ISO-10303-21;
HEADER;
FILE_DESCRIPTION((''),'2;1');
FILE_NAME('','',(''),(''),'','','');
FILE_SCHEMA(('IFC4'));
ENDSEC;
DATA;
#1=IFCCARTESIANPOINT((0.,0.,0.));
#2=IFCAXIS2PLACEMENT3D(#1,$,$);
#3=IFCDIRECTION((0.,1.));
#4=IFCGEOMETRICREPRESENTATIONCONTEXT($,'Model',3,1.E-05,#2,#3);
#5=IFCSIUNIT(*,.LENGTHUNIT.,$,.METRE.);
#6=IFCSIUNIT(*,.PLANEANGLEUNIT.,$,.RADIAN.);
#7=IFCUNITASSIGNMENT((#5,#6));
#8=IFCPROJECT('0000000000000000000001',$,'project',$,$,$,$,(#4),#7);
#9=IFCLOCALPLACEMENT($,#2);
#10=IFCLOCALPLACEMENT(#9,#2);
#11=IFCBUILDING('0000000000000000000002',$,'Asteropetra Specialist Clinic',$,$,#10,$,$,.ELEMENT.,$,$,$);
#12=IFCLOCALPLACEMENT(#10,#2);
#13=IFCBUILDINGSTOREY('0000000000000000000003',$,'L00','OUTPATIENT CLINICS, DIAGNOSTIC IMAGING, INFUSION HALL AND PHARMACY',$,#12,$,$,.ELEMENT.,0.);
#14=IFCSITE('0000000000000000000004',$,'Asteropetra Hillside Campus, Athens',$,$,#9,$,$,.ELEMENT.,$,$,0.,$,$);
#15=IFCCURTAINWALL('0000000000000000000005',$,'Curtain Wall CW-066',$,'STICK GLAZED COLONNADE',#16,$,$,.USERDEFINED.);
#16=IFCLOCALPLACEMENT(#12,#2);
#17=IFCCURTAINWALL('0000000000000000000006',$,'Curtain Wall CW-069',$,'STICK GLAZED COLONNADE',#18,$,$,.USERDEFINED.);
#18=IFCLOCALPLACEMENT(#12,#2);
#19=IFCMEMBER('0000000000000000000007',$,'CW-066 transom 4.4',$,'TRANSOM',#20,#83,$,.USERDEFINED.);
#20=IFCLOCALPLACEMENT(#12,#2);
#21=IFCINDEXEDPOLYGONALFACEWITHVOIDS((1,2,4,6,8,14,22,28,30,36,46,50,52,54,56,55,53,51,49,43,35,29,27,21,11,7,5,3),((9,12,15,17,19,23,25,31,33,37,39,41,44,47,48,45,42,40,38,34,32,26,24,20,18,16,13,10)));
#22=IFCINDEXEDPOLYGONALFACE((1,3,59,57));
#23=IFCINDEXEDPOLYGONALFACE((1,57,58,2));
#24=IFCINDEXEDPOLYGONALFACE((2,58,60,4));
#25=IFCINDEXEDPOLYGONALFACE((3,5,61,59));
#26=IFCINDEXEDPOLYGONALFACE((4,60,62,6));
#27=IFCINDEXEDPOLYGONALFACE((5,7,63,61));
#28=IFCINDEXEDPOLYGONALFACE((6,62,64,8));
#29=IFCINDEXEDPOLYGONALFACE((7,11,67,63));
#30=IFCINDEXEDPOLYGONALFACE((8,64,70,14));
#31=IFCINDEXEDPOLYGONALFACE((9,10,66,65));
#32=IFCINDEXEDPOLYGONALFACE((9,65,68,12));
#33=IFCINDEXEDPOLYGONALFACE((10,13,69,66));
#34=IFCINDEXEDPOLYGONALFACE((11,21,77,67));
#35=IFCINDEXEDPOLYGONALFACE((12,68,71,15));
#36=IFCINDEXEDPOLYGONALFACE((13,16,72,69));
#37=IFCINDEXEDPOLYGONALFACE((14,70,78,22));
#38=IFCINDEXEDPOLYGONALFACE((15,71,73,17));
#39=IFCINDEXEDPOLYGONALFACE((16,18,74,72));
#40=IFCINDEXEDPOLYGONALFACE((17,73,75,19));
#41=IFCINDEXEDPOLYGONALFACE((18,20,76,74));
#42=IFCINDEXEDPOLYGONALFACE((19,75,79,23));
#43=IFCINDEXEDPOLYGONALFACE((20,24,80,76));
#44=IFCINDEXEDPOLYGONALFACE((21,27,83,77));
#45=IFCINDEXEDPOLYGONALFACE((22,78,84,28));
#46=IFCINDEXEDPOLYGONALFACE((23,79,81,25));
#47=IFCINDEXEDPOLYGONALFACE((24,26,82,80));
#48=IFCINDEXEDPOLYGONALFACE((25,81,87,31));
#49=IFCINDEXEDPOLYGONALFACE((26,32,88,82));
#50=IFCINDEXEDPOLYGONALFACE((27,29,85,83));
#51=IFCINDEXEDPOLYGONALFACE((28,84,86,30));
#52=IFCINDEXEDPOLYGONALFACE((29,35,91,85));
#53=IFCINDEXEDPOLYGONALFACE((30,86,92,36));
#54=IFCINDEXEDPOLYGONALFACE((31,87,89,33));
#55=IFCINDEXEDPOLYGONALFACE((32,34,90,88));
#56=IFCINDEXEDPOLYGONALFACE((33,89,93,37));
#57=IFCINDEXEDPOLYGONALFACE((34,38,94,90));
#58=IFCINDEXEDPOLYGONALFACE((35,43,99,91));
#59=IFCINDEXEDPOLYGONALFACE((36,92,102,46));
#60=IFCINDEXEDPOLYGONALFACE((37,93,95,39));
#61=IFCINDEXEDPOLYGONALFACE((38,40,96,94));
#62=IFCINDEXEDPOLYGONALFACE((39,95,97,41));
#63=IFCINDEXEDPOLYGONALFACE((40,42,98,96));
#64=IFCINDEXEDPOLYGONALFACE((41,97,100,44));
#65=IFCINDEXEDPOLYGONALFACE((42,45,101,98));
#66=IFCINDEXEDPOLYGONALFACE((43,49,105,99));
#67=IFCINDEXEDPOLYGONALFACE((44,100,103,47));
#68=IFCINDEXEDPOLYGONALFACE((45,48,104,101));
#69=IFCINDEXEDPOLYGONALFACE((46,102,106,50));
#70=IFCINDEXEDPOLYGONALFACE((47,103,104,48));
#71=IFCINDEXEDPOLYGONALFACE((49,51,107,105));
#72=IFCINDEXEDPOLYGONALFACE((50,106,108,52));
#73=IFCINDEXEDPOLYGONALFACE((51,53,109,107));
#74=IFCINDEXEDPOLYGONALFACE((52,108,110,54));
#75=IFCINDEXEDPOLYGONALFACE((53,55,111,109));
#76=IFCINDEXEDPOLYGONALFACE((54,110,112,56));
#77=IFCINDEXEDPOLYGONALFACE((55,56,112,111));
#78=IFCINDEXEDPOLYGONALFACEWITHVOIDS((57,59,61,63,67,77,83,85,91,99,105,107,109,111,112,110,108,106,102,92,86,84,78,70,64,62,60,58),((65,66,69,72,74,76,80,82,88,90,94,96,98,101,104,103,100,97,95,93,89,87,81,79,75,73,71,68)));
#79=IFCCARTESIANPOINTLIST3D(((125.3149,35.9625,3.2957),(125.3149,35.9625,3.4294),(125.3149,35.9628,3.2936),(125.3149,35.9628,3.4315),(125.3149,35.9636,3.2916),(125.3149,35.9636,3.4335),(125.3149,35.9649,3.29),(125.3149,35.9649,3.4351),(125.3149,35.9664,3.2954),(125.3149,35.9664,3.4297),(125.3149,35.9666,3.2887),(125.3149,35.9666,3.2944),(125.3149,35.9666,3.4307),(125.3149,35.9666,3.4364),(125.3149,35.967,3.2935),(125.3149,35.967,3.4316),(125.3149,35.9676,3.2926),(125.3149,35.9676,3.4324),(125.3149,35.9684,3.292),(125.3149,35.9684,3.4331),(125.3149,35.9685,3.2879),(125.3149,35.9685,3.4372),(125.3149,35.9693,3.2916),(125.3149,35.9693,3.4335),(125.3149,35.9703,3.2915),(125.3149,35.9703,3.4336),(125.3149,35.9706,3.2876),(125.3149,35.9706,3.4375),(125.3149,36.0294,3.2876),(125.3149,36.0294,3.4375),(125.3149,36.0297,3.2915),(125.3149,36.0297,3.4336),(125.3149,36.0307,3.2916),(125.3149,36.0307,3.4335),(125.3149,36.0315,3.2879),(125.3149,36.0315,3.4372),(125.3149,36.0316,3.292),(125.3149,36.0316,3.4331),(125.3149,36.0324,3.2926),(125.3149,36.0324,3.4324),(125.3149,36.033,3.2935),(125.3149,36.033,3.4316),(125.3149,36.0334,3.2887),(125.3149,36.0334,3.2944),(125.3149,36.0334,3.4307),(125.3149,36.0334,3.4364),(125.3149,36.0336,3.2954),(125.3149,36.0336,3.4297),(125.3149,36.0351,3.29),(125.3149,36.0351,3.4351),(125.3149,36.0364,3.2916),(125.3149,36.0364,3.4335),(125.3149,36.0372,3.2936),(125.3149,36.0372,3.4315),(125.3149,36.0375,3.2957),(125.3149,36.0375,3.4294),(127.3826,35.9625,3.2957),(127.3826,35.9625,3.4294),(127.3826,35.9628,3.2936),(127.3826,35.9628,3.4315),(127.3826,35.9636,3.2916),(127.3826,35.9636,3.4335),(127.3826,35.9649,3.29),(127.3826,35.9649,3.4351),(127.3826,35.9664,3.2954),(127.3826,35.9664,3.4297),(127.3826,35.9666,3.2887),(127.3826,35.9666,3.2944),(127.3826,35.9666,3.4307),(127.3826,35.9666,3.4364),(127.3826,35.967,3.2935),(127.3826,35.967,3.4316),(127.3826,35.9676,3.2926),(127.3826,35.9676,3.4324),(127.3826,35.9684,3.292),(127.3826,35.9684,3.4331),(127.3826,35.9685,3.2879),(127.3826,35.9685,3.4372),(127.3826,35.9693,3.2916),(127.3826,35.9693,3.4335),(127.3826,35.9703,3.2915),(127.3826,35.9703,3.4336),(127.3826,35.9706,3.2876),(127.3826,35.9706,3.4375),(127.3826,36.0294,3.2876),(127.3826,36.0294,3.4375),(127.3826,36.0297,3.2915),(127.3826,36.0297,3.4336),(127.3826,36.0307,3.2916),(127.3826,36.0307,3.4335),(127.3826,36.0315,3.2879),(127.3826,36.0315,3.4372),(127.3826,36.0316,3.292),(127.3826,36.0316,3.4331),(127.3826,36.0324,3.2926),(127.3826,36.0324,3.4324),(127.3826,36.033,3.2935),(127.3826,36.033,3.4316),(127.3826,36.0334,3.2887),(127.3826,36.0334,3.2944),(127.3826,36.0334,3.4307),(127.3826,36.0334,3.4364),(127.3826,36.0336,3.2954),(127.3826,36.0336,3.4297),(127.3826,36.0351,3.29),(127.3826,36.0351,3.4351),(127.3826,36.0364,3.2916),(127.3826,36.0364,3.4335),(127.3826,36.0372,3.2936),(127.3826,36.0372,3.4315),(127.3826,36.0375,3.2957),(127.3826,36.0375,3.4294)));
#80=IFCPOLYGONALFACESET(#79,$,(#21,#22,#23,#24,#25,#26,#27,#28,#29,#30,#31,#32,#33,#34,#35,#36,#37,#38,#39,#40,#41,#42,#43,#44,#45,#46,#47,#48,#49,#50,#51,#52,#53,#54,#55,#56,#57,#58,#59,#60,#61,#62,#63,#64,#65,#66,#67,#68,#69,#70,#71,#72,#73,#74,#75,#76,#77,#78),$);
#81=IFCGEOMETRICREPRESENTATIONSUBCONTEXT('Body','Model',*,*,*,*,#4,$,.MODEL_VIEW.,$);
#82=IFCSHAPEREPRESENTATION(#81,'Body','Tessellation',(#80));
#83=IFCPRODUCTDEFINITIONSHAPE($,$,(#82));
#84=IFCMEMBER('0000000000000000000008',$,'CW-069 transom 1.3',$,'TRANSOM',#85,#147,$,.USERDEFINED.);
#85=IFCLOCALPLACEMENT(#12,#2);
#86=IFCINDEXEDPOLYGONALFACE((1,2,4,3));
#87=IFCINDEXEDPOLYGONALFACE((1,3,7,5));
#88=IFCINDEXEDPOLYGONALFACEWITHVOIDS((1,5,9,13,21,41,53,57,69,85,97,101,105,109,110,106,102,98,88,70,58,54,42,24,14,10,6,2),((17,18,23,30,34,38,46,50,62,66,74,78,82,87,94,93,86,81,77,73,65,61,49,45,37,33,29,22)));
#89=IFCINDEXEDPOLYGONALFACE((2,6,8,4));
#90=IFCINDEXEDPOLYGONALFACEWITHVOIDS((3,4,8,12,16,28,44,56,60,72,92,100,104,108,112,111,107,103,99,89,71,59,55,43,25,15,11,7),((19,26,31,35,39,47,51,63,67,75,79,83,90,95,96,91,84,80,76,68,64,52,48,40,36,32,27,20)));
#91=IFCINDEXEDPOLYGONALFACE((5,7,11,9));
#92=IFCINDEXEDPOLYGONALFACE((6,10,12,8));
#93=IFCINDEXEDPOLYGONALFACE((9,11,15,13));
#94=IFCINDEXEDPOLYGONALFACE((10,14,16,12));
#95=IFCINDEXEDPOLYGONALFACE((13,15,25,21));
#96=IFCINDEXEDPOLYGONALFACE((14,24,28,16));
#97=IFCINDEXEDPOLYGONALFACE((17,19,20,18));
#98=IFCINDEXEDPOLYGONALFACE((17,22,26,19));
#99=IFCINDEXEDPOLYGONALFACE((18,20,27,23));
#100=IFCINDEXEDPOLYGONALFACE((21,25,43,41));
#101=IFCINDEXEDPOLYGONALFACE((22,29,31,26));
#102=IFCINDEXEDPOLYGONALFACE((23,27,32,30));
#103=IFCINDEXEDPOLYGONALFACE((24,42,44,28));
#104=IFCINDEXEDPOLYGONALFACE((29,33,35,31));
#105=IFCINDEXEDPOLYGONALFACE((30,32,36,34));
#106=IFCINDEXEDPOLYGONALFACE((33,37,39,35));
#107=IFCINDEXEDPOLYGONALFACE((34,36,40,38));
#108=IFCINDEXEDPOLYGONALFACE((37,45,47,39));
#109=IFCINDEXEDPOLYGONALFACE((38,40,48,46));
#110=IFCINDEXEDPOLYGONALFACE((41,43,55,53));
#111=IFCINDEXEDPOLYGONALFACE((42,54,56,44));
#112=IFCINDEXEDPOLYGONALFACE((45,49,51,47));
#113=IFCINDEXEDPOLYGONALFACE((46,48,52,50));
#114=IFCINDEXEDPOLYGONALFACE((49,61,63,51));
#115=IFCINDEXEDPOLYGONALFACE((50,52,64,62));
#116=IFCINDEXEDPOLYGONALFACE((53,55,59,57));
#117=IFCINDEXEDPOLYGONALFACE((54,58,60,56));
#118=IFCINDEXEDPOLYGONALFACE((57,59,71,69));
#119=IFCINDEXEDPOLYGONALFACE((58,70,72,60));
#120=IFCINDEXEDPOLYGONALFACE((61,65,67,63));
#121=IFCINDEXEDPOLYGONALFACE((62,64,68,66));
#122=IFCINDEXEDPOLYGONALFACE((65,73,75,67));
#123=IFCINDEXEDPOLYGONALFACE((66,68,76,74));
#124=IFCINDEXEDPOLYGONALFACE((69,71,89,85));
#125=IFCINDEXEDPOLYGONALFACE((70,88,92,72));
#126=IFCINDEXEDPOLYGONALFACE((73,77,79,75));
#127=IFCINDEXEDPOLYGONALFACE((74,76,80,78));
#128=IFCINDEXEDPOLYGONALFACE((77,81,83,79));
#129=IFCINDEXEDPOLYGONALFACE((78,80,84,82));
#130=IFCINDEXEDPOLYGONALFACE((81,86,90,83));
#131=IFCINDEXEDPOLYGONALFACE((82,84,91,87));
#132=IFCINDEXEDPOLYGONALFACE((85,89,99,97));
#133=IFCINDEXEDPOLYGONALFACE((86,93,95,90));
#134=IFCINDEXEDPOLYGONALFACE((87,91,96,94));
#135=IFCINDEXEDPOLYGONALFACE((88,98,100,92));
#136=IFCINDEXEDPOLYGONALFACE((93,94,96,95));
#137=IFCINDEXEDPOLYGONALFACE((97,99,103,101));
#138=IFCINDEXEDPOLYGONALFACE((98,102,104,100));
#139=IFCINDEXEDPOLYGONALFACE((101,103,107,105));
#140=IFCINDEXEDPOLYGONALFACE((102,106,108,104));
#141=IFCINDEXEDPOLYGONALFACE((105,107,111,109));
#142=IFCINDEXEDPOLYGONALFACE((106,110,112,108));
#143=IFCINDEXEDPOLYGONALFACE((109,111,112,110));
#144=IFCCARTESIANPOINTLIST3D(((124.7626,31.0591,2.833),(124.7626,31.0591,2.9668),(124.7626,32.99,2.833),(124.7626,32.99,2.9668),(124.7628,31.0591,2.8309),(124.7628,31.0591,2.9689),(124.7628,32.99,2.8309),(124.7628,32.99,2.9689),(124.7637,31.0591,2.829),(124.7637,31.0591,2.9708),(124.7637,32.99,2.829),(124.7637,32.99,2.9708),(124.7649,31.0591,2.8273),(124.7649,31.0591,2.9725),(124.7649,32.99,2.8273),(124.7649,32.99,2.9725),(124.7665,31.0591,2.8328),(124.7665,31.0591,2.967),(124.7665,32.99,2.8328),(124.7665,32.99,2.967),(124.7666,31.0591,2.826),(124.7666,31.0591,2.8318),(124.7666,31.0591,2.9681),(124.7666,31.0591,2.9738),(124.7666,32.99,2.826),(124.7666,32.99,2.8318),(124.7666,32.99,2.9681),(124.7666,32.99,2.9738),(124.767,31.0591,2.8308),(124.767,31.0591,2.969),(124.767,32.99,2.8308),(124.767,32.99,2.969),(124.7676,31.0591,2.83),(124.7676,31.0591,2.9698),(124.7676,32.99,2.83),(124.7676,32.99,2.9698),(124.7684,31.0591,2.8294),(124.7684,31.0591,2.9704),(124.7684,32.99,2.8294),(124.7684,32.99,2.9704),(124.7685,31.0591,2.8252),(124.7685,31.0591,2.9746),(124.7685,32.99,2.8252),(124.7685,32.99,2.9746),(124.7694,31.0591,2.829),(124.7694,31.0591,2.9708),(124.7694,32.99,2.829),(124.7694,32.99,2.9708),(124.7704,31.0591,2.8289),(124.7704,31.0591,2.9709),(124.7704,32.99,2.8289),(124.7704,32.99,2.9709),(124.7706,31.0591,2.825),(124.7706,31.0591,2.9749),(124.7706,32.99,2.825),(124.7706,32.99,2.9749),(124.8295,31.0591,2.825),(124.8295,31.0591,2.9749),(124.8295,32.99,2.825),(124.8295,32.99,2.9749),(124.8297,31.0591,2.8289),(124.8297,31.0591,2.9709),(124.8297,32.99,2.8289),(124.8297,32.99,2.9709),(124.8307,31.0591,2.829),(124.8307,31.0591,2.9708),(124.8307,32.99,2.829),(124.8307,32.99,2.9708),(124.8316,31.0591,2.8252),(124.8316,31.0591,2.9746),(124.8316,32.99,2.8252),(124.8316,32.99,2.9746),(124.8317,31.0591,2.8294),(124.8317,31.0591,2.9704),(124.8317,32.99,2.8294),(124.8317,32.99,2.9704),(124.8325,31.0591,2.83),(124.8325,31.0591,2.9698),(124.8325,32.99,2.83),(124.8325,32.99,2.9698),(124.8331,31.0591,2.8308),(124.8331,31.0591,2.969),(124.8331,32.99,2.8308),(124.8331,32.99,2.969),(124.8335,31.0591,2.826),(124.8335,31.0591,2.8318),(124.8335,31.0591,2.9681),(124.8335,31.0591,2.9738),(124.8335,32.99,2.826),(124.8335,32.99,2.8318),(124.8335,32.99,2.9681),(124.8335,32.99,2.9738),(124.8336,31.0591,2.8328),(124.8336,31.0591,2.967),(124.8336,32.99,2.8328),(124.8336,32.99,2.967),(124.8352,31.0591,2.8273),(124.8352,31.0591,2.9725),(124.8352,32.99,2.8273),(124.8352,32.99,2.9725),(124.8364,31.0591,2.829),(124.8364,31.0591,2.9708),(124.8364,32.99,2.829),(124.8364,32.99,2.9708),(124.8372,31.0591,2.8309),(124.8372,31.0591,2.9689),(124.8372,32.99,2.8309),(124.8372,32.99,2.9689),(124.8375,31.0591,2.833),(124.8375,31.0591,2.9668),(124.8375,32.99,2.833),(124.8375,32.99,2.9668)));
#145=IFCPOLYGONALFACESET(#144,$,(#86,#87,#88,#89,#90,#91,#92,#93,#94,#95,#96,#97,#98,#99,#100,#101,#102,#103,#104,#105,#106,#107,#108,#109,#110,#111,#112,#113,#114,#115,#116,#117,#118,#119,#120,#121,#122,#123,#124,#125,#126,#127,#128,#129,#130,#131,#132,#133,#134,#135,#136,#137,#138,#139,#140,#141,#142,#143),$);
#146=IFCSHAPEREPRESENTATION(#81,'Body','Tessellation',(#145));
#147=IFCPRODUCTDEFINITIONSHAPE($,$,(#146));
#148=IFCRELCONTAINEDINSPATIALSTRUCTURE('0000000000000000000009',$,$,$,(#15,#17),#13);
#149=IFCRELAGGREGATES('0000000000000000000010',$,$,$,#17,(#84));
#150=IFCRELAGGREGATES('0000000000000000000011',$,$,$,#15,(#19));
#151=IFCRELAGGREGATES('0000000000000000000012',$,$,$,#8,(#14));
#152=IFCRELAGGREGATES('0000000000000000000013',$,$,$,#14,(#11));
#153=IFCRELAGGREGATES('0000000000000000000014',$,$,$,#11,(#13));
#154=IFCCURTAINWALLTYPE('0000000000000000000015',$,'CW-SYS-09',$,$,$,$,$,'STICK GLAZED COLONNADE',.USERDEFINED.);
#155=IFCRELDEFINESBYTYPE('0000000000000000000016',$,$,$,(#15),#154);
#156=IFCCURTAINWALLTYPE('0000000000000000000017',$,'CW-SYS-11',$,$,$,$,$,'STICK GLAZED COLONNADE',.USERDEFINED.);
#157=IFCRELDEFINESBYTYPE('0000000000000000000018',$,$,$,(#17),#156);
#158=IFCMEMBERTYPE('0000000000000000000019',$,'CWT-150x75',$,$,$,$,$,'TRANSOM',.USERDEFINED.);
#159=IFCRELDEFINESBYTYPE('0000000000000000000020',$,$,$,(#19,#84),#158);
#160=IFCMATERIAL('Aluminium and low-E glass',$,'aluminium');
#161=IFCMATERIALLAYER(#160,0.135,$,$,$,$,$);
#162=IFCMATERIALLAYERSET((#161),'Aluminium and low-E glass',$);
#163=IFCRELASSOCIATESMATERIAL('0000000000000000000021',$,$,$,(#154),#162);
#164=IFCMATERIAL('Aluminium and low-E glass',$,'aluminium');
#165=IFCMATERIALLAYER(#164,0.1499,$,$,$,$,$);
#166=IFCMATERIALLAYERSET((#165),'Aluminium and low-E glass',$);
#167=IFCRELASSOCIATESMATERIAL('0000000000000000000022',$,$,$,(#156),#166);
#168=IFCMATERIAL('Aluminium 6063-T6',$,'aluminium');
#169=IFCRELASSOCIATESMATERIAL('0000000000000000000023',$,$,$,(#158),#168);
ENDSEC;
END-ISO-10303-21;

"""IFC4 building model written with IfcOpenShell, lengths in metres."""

from ifc_helpers import new_model, si_unit, direction, frame, origin, origin_2d, place, context, subcontext, project, spatial, hollow_rectangle, extrude, material, layer, layer_set, material_profile, profile_set, type_object, element, aggregate, save


model = new_model("IFC4")

# Units and contexts
model_context = context("Model", 3, precision=1e-05, world=origin(), true_north=direction((0.0, 1.0)))
body_context = subcontext(model_context, "Body", "Model", "MODEL_VIEW")
ifc_project = project(units=[si_unit("LENGTHUNIT", "METRE"), si_unit("PLANEANGLEUNIT", "RADIAN")], contexts=[model_context])

# Site, building, storey
site_placement = place(None, origin())
site = spatial("IfcSite", under=ifc_project, at=site_placement, Name="Asteropetra Hillside Campus, Athens", CompositionType="ELEMENT", RefElevation=0.0)
building_placement = place(site_placement, origin())
building = spatial("IfcBuilding", under=site, at=building_placement, Name="Asteropetra Specialist Clinic", CompositionType="ELEMENT")
storey_placement = place(building_placement, origin())
storey = spatial("IfcBuildingStorey", under=building, at=storey_placement, Name="L00", Description="OUTPATIENT CLINICS, DIAGNOSTIC IMAGING, INFUSION HALL AND PHARMACY", CompositionType="ELEMENT", Elevation=0.0)

# Curtain wall
ifc_material_1 = material(Name="Aluminium and low-E glass", Category="aluminium")
ifc_layer_1 = layer(ifc_material_1, 0.135)
ifc_layer_set_1 = layer_set([ifc_layer_1], Name="Aluminium and low-E glass")
curtain_wall_type_1 = type_object("IfcCurtainWallType", Name="CW-SYS-09", ElementType="STICK GLAZED COLONNADE", PredefinedType="USERDEFINED", material=ifc_layer_set_1)
curtain_wall_1_placement = place(storey_placement, origin())
curtain_wall_1 = element("IfcCurtainWall", 1, at=curtain_wall_1_placement, inside=storey, type_object=curtain_wall_type_1, Name="Curtain Wall CW-066", ObjectType="STICK GLAZED COLONNADE", PredefinedType="USERDEFINED")

# Curtain wall
ifc_material_2 = material(Name="Aluminium and low-E glass", Category="aluminium")
ifc_layer_2 = layer(ifc_material_2, 0.1499)
ifc_layer_set_2 = layer_set([ifc_layer_2], Name="Aluminium and low-E glass")
curtain_wall_type_2 = type_object("IfcCurtainWallType", Name="CW-SYS-11", ElementType="STICK GLAZED COLONNADE", PredefinedType="USERDEFINED", material=ifc_layer_set_2)
curtain_wall_2_placement = place(storey_placement, origin())
curtain_wall_2 = element("IfcCurtainWall", 2, at=curtain_wall_2_placement, inside=storey, type_object=curtain_wall_type_2, Name="Curtain Wall CW-069", ObjectType="STICK GLAZED COLONNADE", PredefinedType="USERDEFINED")

# Members
ifc_material_3 = material(Name="Aluminium 6063-T6", Category="aluminium")
ifc_material_profile_1 = material_profile(ifc_material_3, hollow_rectangle(XDim=0.075, YDim=0.1499, WallThickness=0.0039, InnerFilletRadius=0.0039, OuterFilletRadius=0.0081, at=origin_2d()), Name="TRN 150x75x4.0")
ifc_profile_set_1 = profile_set([ifc_material_profile_1], Name="Aluminium 6063-T6")
member_type_1 = type_object("IfcMemberType", Name="CWT-150x75", ElementType="TRANSOM", PredefinedType="USERDEFINED", material=ifc_profile_set_1)
member_1_placement = place(storey_placement, frame((127.3826, 36.0, 3.3625), z_axis=(-1.0, 0.0, 0.0), x_axis=(0.0, -1.0, 0.0)))
member_1 = element("IfcMember", 3, at=member_1_placement, type_object=member_type_1, Name="CW-066 transom 4.4", ObjectType="TRANSOM", PredefinedType="USERDEFINED", context=body_context, shape_type="SweptSolid", body=[
    extrude(hollow_rectangle(XDim=0.075, YDim=0.1499, WallThickness=0.0039, InnerFilletRadius=0.0039, OuterFilletRadius=0.0081, at=origin_2d()), origin(), (0.0, 0.0, 1.0), 2.0676),
])
member_2_placement = place(storey_placement, frame((124.8, 32.99, 2.8999), z_axis=(0.0, -1.0, 0.0), x_axis=(1.0, 0.0, 0.0)))
member_2 = element("IfcMember", 4, at=member_2_placement, type_object=member_type_1, Name="CW-069 transom 1.3", ObjectType="TRANSOM", PredefinedType="USERDEFINED", context=body_context, shape_type="SweptSolid", body=[
    extrude(hollow_rectangle(XDim=0.075, YDim=0.1499, WallThickness=0.0039, InnerFilletRadius=0.0039, OuterFilletRadius=0.0081, at=origin_2d()), origin(), (0.0, 0.0, 1.0), 1.9309),
])
aggregate(curtain_wall_2, [member_2])

aggregate(curtain_wall_1, [member_1])

save(model, "model.ifc")
